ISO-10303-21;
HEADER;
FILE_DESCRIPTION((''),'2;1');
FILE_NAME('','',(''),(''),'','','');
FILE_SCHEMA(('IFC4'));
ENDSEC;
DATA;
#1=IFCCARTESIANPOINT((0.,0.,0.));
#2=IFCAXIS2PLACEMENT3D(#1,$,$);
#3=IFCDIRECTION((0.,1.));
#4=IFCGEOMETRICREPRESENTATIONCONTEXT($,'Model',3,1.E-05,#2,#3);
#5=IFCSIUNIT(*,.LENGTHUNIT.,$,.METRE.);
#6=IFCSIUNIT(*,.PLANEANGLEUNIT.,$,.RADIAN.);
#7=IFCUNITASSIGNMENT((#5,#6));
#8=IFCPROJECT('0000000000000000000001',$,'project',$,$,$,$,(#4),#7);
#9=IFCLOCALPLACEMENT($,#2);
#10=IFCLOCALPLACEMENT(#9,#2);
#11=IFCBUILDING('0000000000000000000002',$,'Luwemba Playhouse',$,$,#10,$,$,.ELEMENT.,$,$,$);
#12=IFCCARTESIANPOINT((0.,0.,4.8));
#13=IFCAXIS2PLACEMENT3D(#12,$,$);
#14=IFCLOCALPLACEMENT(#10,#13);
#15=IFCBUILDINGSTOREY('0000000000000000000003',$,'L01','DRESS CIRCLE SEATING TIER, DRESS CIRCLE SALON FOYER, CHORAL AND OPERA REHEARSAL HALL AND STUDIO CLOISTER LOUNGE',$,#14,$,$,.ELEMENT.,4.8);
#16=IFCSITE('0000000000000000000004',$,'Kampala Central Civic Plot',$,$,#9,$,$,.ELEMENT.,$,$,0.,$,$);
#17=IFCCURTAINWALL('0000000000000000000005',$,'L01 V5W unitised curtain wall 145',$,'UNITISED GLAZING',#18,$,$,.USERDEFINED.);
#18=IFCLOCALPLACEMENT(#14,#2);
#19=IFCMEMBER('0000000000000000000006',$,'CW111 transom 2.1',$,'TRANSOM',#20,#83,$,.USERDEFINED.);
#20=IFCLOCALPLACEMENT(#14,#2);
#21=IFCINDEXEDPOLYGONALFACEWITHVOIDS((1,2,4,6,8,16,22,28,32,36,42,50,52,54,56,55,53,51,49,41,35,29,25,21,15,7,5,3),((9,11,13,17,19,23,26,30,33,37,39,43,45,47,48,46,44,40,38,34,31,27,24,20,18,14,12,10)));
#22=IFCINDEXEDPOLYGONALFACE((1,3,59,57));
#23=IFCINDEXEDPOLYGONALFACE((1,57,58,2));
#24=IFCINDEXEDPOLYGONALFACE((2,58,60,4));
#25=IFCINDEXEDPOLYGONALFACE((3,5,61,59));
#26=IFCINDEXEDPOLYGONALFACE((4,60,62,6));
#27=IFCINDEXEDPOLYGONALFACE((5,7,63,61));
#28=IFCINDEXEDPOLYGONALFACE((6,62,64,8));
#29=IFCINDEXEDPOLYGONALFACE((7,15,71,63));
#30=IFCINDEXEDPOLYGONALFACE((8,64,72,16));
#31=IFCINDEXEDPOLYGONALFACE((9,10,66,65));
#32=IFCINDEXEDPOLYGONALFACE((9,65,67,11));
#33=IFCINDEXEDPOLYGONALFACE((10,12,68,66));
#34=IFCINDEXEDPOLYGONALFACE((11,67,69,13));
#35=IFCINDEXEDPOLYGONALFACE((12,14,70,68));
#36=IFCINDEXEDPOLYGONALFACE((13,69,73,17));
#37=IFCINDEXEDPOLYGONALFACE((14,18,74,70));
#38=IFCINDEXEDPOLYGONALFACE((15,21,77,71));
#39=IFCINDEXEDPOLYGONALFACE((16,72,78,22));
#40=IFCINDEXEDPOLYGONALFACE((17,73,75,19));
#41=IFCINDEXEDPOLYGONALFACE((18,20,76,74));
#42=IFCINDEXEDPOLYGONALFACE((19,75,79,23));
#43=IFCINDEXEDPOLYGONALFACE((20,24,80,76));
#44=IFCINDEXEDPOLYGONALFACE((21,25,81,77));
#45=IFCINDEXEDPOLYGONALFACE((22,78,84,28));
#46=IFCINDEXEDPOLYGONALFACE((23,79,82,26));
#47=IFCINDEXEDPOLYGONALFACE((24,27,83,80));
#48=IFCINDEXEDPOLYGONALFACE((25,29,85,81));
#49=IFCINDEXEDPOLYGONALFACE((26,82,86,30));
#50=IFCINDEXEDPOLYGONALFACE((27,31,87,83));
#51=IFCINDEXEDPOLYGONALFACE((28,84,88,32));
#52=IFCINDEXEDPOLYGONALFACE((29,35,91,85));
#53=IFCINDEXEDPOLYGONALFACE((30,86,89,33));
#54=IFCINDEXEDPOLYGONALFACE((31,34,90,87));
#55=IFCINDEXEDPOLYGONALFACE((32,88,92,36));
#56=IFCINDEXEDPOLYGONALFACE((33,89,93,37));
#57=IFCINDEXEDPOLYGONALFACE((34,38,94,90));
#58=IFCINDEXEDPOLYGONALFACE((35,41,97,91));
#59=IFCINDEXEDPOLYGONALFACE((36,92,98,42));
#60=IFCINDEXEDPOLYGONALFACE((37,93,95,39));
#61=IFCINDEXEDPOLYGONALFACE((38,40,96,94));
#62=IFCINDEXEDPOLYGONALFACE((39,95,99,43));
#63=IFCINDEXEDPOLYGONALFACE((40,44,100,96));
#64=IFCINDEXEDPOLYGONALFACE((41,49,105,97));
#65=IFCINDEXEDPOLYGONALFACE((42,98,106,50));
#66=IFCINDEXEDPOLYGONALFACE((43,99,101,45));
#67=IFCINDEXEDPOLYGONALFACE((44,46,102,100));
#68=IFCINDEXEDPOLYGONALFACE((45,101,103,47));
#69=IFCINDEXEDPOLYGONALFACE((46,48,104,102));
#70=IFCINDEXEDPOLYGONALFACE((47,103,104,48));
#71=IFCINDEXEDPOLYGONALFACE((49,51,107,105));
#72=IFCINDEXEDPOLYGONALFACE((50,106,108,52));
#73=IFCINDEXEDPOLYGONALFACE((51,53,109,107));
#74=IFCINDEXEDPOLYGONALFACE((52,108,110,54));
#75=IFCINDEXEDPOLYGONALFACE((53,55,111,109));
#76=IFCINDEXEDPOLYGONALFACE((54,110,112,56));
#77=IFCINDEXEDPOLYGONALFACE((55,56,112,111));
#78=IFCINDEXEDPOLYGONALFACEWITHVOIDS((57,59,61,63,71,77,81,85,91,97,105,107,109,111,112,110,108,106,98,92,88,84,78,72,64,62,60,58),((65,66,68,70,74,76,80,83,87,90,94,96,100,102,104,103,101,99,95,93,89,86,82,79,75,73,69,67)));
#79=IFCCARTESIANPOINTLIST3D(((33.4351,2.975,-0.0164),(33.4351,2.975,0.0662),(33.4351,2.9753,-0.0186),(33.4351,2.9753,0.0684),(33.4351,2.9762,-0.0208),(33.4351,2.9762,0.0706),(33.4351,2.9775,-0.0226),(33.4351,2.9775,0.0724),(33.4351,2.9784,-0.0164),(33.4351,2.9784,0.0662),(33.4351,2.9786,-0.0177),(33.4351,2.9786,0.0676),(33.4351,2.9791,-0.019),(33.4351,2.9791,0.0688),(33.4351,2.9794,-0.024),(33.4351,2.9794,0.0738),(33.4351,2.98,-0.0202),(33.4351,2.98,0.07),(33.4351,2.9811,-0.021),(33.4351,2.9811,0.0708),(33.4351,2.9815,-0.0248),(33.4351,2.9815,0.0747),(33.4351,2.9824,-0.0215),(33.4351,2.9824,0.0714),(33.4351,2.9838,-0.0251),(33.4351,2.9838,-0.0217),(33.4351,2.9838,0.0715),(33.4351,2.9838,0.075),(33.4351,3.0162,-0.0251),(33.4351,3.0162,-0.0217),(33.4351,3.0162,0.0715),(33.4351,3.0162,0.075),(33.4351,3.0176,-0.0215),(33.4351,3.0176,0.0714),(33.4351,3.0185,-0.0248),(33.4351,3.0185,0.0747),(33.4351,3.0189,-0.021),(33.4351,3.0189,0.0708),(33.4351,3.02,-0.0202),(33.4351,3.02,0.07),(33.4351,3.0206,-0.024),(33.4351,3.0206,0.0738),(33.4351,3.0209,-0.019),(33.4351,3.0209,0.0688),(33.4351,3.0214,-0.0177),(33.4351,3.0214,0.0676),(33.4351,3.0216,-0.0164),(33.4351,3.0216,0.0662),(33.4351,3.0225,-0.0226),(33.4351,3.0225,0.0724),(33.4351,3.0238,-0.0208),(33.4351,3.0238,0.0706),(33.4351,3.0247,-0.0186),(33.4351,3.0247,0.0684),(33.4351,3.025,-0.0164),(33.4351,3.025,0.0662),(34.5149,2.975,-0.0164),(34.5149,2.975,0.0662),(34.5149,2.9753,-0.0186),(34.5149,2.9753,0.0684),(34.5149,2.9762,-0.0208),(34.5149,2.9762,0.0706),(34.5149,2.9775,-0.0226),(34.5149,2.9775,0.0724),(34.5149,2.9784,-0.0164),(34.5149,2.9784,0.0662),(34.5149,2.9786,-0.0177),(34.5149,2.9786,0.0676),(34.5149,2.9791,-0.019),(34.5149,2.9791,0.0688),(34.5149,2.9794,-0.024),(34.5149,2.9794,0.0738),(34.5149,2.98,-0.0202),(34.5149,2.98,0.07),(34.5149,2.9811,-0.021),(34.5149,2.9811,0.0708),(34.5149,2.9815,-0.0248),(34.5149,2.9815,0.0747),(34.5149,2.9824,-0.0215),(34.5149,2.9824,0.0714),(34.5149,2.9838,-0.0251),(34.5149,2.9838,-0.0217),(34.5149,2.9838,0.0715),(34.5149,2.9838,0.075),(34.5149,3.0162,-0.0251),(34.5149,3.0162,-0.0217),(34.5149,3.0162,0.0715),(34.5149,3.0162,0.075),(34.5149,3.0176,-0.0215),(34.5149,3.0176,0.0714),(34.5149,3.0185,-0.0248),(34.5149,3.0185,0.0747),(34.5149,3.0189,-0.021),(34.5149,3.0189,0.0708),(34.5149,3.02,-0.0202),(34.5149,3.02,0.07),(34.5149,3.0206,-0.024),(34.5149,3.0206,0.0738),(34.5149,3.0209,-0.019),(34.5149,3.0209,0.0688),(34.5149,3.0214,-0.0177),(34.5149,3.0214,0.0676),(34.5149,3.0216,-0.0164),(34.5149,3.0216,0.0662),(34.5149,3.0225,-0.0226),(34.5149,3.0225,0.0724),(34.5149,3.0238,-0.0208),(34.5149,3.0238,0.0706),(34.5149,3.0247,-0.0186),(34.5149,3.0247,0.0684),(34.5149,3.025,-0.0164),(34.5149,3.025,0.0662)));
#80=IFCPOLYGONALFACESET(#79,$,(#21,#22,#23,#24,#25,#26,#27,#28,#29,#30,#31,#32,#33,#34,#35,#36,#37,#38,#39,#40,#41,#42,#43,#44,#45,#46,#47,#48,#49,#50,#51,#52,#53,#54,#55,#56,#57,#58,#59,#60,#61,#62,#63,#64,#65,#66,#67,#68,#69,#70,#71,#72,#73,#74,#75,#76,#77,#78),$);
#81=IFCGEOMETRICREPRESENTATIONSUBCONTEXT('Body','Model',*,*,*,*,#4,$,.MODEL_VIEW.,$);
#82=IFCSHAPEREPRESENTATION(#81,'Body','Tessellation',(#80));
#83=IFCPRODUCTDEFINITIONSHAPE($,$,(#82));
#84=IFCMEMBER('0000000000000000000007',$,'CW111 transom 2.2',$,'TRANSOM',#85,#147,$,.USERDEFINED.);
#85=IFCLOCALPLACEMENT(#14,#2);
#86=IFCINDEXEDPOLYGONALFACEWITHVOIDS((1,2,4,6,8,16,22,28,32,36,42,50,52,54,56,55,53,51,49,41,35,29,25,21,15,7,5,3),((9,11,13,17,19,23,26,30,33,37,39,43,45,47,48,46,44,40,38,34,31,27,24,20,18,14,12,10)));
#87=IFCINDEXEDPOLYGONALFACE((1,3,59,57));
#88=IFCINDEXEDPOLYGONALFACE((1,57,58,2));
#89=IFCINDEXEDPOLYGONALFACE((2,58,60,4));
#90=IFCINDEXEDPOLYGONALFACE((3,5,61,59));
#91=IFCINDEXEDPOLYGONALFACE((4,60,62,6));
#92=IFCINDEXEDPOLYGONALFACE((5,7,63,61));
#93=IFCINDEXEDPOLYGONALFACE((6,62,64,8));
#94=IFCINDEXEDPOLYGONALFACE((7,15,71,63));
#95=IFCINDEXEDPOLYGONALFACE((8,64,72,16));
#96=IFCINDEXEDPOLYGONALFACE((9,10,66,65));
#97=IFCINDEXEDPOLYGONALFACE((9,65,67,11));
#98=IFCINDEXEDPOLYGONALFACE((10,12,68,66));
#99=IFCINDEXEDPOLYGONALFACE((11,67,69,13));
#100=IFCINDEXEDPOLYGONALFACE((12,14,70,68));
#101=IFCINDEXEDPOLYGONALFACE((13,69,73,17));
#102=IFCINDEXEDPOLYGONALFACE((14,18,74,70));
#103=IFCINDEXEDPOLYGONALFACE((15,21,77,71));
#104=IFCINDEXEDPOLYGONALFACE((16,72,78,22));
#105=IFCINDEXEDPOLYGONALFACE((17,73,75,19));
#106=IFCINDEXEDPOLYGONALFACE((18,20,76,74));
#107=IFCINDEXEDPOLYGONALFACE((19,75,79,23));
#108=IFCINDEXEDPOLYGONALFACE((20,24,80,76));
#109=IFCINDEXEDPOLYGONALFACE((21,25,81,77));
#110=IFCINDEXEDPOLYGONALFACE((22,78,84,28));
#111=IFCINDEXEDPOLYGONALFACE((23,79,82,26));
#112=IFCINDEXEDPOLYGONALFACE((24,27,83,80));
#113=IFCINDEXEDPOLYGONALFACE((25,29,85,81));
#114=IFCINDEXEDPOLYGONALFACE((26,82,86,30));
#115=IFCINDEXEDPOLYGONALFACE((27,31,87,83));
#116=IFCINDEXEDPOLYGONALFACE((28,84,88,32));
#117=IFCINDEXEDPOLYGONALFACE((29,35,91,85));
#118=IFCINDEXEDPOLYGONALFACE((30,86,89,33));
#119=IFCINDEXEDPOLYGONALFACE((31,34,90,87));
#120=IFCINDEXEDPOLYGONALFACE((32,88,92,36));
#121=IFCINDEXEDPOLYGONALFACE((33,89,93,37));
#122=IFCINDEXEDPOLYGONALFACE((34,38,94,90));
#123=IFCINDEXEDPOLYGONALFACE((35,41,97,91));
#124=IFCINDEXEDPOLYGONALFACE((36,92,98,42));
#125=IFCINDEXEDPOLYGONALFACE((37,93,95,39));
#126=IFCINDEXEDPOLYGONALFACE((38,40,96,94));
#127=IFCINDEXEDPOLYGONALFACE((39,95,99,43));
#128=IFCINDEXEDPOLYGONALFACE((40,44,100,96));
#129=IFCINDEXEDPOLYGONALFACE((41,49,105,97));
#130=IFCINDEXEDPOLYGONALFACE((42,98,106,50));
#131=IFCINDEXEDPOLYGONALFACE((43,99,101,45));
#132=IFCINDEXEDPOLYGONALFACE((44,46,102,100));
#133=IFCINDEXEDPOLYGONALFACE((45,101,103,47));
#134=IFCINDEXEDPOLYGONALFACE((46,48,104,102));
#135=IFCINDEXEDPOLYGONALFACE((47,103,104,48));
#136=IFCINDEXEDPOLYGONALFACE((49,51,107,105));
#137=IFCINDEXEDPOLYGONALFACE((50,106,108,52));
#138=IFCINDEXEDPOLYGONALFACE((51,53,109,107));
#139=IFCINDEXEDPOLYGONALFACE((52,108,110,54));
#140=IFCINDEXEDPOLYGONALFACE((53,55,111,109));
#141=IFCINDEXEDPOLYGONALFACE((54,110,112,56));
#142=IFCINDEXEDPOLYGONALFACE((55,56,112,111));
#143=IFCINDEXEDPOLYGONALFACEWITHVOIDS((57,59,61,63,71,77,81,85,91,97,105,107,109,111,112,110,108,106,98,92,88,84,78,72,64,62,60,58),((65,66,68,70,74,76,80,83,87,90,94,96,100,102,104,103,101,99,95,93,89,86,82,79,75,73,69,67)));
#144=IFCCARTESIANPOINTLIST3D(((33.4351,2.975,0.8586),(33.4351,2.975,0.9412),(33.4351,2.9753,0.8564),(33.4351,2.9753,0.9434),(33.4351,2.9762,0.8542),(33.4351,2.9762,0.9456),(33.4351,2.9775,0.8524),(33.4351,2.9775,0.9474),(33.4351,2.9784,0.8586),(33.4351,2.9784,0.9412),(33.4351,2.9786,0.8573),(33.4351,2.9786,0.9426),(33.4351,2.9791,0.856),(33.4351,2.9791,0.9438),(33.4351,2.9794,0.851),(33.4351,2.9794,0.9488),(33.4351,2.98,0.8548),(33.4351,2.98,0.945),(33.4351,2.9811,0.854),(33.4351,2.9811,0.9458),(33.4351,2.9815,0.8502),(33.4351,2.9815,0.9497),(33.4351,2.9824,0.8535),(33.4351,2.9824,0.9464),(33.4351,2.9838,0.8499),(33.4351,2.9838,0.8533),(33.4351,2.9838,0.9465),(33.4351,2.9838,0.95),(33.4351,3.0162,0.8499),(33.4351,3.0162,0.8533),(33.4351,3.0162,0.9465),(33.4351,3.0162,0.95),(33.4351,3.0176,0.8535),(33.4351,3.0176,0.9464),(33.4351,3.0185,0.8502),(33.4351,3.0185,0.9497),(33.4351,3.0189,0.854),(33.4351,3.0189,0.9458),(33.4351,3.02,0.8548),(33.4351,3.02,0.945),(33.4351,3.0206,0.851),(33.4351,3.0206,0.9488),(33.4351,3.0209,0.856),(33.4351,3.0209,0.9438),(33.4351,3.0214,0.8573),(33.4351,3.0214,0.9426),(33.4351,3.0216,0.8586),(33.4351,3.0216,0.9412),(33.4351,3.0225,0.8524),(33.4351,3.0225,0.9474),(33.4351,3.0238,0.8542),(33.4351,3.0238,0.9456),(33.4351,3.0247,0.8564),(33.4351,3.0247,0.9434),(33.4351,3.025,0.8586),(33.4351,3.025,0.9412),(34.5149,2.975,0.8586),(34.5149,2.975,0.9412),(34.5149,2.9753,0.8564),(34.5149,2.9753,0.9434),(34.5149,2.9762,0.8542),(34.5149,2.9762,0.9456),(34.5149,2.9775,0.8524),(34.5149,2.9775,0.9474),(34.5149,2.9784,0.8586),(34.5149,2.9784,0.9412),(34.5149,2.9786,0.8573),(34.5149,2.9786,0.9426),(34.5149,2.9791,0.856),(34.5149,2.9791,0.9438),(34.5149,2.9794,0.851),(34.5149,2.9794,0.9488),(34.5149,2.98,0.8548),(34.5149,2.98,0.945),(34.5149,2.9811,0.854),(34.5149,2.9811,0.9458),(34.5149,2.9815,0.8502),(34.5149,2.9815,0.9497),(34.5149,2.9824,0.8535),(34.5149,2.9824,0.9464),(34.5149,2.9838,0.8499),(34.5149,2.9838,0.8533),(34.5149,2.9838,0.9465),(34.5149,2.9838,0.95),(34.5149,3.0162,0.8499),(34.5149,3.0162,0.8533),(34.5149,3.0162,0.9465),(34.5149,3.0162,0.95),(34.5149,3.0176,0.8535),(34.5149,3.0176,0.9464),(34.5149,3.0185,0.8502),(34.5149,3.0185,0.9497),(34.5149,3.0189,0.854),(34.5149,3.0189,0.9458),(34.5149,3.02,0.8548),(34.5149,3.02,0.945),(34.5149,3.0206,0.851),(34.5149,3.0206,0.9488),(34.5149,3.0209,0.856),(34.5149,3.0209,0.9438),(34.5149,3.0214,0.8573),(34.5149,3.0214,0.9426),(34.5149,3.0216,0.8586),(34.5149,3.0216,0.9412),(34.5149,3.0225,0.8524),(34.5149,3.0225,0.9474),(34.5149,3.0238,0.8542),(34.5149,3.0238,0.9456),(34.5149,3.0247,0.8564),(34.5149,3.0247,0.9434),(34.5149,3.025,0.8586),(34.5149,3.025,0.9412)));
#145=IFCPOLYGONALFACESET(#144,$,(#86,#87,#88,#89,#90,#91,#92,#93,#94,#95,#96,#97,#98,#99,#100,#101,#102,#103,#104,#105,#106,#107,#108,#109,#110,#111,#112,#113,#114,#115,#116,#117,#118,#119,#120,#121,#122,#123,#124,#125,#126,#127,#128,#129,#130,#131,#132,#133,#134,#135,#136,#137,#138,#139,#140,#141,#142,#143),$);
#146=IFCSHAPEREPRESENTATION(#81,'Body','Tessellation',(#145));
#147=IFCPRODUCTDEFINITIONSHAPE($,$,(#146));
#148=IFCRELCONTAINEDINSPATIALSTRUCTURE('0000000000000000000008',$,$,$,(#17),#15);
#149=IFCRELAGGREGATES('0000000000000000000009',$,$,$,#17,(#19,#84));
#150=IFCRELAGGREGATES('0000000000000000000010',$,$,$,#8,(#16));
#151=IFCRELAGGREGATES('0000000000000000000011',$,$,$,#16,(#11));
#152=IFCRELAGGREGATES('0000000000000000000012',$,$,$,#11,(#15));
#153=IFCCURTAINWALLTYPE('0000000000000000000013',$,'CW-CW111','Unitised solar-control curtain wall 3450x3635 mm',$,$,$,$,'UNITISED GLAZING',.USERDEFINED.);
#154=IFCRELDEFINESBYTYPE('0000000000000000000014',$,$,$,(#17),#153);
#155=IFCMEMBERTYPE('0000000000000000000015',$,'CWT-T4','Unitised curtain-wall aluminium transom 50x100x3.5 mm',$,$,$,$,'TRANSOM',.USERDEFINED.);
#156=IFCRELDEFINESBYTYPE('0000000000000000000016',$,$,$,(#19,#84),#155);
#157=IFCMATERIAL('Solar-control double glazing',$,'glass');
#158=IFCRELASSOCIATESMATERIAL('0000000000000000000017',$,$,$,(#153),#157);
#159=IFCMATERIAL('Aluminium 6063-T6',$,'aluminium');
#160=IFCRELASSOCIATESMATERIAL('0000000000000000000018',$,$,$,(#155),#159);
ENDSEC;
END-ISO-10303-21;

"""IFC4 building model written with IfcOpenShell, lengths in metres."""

from ifc_helpers import new_model, si_unit, direction, frame, origin, origin_2d, place, context, subcontext, project, spatial, hollow_rectangle, extrude, material, material_profile, profile_set, type_object, element, aggregate, save


model = new_model("IFC4")

# Units and contexts
model_context = context("Model", 3, precision=1e-05, world=origin(), true_north=direction((0.0, 1.0)))
body_context = subcontext(model_context, "Body", "Model", "MODEL_VIEW")
ifc_project = project(units=[si_unit("LENGTHUNIT", "METRE"), si_unit("PLANEANGLEUNIT", "RADIAN")], contexts=[model_context])

# Site, building, storey
site_placement = place(None, origin())
site = spatial("IfcSite", under=ifc_project, at=site_placement, Name="Kampala Central Civic Plot", CompositionType="ELEMENT", RefElevation=0.0)
building_placement = place(site_placement, origin())
building = spatial("IfcBuilding", under=site, at=building_placement, Name="Luwemba Playhouse", CompositionType="ELEMENT")
storey_placement = place(building_placement, frame((0.0, 0.0, 4.8)))
storey = spatial("IfcBuildingStorey", under=building, at=storey_placement, Name="L01", Description="DRESS CIRCLE SEATING TIER, DRESS CIRCLE SALON FOYER, CHORAL AND OPERA REHEARSAL HALL AND STUDIO CLOISTER LOUNGE", CompositionType="ELEMENT", Elevation=4.8)

# Curtain wall
ifc_material_1 = material(Name="Solar-control double glazing", Category="glass")
ifc_material_2 = material(Name="Aluminium 6063-T6", Category="aluminium")
curtain_wall_type_1 = type_object("IfcCurtainWallType", Name="CW-CW111", Description="Unitised solar-control curtain wall 3450x3635 mm", ElementType="UNITISED GLAZING", PredefinedType="USERDEFINED", material=ifc_material_1)
curtain_wall_1_placement = place(storey_placement, origin())
curtain_wall_1 = element("IfcCurtainWall", 1, at=curtain_wall_1_placement, inside=storey, type_object=curtain_wall_type_1, Name="L01 V5W unitised curtain wall 145", ObjectType="UNITISED GLAZING", PredefinedType="USERDEFINED")

# Members
ifc_material_profile_1 = material_profile(ifc_material_2, hollow_rectangle(XDim=0.05, YDim=0.1001, WallThickness=0.0034, InnerFilletRadius=0.0054, OuterFilletRadius=0.0088, at=origin_2d()))
ifc_profile_set_1 = profile_set([ifc_material_profile_1], Name="Aluminium 6063-T6")
member_type_1 = type_object("IfcMemberType", Name="CWT-T4", Description="Unitised curtain-wall aluminium transom 50x100x3.5 mm", ElementType="TRANSOM", PredefinedType="USERDEFINED", material=ifc_profile_set_1)
member_1_placement = place(storey_placement, frame((34.5149, 3.0, 0.0249), z_axis=(-1.0, 0.0, 0.0), x_axis=(0.0, -1.0, 0.0)))
member_1 = element("IfcMember", 2, at=member_1_placement, type_object=member_type_1, Name="CW111 transom 2.1", ObjectType="TRANSOM", PredefinedType="USERDEFINED", context=body_context, shape_type="SweptSolid", body=[
    extrude(hollow_rectangle(XDim=0.05, YDim=0.1001, WallThickness=0.0034, InnerFilletRadius=0.0054, OuterFilletRadius=0.0088, at=origin_2d()), origin(), (0.0, 0.0, 1.0), 1.0798),
])
member_2_placement = place(storey_placement, frame((34.5149, 3.0, 0.8999), z_axis=(-1.0, 0.0, 0.0), x_axis=(0.0, -1.0, 0.0)))
member_2 = element("IfcMember", 3, at=member_2_placement, type_object=member_type_1, Name="CW111 transom 2.2", ObjectType="TRANSOM", PredefinedType="USERDEFINED", context=body_context, shape_type="SweptSolid", body=[
    extrude(hollow_rectangle(XDim=0.05, YDim=0.1001, WallThickness=0.0034, InnerFilletRadius=0.0054, OuterFilletRadius=0.0088, at=origin_2d()), origin(), (0.0, 0.0, 1.0), 1.0798),
])

aggregate(curtain_wall_1, [member_1, member_2])

save(model, "model.ifc")
